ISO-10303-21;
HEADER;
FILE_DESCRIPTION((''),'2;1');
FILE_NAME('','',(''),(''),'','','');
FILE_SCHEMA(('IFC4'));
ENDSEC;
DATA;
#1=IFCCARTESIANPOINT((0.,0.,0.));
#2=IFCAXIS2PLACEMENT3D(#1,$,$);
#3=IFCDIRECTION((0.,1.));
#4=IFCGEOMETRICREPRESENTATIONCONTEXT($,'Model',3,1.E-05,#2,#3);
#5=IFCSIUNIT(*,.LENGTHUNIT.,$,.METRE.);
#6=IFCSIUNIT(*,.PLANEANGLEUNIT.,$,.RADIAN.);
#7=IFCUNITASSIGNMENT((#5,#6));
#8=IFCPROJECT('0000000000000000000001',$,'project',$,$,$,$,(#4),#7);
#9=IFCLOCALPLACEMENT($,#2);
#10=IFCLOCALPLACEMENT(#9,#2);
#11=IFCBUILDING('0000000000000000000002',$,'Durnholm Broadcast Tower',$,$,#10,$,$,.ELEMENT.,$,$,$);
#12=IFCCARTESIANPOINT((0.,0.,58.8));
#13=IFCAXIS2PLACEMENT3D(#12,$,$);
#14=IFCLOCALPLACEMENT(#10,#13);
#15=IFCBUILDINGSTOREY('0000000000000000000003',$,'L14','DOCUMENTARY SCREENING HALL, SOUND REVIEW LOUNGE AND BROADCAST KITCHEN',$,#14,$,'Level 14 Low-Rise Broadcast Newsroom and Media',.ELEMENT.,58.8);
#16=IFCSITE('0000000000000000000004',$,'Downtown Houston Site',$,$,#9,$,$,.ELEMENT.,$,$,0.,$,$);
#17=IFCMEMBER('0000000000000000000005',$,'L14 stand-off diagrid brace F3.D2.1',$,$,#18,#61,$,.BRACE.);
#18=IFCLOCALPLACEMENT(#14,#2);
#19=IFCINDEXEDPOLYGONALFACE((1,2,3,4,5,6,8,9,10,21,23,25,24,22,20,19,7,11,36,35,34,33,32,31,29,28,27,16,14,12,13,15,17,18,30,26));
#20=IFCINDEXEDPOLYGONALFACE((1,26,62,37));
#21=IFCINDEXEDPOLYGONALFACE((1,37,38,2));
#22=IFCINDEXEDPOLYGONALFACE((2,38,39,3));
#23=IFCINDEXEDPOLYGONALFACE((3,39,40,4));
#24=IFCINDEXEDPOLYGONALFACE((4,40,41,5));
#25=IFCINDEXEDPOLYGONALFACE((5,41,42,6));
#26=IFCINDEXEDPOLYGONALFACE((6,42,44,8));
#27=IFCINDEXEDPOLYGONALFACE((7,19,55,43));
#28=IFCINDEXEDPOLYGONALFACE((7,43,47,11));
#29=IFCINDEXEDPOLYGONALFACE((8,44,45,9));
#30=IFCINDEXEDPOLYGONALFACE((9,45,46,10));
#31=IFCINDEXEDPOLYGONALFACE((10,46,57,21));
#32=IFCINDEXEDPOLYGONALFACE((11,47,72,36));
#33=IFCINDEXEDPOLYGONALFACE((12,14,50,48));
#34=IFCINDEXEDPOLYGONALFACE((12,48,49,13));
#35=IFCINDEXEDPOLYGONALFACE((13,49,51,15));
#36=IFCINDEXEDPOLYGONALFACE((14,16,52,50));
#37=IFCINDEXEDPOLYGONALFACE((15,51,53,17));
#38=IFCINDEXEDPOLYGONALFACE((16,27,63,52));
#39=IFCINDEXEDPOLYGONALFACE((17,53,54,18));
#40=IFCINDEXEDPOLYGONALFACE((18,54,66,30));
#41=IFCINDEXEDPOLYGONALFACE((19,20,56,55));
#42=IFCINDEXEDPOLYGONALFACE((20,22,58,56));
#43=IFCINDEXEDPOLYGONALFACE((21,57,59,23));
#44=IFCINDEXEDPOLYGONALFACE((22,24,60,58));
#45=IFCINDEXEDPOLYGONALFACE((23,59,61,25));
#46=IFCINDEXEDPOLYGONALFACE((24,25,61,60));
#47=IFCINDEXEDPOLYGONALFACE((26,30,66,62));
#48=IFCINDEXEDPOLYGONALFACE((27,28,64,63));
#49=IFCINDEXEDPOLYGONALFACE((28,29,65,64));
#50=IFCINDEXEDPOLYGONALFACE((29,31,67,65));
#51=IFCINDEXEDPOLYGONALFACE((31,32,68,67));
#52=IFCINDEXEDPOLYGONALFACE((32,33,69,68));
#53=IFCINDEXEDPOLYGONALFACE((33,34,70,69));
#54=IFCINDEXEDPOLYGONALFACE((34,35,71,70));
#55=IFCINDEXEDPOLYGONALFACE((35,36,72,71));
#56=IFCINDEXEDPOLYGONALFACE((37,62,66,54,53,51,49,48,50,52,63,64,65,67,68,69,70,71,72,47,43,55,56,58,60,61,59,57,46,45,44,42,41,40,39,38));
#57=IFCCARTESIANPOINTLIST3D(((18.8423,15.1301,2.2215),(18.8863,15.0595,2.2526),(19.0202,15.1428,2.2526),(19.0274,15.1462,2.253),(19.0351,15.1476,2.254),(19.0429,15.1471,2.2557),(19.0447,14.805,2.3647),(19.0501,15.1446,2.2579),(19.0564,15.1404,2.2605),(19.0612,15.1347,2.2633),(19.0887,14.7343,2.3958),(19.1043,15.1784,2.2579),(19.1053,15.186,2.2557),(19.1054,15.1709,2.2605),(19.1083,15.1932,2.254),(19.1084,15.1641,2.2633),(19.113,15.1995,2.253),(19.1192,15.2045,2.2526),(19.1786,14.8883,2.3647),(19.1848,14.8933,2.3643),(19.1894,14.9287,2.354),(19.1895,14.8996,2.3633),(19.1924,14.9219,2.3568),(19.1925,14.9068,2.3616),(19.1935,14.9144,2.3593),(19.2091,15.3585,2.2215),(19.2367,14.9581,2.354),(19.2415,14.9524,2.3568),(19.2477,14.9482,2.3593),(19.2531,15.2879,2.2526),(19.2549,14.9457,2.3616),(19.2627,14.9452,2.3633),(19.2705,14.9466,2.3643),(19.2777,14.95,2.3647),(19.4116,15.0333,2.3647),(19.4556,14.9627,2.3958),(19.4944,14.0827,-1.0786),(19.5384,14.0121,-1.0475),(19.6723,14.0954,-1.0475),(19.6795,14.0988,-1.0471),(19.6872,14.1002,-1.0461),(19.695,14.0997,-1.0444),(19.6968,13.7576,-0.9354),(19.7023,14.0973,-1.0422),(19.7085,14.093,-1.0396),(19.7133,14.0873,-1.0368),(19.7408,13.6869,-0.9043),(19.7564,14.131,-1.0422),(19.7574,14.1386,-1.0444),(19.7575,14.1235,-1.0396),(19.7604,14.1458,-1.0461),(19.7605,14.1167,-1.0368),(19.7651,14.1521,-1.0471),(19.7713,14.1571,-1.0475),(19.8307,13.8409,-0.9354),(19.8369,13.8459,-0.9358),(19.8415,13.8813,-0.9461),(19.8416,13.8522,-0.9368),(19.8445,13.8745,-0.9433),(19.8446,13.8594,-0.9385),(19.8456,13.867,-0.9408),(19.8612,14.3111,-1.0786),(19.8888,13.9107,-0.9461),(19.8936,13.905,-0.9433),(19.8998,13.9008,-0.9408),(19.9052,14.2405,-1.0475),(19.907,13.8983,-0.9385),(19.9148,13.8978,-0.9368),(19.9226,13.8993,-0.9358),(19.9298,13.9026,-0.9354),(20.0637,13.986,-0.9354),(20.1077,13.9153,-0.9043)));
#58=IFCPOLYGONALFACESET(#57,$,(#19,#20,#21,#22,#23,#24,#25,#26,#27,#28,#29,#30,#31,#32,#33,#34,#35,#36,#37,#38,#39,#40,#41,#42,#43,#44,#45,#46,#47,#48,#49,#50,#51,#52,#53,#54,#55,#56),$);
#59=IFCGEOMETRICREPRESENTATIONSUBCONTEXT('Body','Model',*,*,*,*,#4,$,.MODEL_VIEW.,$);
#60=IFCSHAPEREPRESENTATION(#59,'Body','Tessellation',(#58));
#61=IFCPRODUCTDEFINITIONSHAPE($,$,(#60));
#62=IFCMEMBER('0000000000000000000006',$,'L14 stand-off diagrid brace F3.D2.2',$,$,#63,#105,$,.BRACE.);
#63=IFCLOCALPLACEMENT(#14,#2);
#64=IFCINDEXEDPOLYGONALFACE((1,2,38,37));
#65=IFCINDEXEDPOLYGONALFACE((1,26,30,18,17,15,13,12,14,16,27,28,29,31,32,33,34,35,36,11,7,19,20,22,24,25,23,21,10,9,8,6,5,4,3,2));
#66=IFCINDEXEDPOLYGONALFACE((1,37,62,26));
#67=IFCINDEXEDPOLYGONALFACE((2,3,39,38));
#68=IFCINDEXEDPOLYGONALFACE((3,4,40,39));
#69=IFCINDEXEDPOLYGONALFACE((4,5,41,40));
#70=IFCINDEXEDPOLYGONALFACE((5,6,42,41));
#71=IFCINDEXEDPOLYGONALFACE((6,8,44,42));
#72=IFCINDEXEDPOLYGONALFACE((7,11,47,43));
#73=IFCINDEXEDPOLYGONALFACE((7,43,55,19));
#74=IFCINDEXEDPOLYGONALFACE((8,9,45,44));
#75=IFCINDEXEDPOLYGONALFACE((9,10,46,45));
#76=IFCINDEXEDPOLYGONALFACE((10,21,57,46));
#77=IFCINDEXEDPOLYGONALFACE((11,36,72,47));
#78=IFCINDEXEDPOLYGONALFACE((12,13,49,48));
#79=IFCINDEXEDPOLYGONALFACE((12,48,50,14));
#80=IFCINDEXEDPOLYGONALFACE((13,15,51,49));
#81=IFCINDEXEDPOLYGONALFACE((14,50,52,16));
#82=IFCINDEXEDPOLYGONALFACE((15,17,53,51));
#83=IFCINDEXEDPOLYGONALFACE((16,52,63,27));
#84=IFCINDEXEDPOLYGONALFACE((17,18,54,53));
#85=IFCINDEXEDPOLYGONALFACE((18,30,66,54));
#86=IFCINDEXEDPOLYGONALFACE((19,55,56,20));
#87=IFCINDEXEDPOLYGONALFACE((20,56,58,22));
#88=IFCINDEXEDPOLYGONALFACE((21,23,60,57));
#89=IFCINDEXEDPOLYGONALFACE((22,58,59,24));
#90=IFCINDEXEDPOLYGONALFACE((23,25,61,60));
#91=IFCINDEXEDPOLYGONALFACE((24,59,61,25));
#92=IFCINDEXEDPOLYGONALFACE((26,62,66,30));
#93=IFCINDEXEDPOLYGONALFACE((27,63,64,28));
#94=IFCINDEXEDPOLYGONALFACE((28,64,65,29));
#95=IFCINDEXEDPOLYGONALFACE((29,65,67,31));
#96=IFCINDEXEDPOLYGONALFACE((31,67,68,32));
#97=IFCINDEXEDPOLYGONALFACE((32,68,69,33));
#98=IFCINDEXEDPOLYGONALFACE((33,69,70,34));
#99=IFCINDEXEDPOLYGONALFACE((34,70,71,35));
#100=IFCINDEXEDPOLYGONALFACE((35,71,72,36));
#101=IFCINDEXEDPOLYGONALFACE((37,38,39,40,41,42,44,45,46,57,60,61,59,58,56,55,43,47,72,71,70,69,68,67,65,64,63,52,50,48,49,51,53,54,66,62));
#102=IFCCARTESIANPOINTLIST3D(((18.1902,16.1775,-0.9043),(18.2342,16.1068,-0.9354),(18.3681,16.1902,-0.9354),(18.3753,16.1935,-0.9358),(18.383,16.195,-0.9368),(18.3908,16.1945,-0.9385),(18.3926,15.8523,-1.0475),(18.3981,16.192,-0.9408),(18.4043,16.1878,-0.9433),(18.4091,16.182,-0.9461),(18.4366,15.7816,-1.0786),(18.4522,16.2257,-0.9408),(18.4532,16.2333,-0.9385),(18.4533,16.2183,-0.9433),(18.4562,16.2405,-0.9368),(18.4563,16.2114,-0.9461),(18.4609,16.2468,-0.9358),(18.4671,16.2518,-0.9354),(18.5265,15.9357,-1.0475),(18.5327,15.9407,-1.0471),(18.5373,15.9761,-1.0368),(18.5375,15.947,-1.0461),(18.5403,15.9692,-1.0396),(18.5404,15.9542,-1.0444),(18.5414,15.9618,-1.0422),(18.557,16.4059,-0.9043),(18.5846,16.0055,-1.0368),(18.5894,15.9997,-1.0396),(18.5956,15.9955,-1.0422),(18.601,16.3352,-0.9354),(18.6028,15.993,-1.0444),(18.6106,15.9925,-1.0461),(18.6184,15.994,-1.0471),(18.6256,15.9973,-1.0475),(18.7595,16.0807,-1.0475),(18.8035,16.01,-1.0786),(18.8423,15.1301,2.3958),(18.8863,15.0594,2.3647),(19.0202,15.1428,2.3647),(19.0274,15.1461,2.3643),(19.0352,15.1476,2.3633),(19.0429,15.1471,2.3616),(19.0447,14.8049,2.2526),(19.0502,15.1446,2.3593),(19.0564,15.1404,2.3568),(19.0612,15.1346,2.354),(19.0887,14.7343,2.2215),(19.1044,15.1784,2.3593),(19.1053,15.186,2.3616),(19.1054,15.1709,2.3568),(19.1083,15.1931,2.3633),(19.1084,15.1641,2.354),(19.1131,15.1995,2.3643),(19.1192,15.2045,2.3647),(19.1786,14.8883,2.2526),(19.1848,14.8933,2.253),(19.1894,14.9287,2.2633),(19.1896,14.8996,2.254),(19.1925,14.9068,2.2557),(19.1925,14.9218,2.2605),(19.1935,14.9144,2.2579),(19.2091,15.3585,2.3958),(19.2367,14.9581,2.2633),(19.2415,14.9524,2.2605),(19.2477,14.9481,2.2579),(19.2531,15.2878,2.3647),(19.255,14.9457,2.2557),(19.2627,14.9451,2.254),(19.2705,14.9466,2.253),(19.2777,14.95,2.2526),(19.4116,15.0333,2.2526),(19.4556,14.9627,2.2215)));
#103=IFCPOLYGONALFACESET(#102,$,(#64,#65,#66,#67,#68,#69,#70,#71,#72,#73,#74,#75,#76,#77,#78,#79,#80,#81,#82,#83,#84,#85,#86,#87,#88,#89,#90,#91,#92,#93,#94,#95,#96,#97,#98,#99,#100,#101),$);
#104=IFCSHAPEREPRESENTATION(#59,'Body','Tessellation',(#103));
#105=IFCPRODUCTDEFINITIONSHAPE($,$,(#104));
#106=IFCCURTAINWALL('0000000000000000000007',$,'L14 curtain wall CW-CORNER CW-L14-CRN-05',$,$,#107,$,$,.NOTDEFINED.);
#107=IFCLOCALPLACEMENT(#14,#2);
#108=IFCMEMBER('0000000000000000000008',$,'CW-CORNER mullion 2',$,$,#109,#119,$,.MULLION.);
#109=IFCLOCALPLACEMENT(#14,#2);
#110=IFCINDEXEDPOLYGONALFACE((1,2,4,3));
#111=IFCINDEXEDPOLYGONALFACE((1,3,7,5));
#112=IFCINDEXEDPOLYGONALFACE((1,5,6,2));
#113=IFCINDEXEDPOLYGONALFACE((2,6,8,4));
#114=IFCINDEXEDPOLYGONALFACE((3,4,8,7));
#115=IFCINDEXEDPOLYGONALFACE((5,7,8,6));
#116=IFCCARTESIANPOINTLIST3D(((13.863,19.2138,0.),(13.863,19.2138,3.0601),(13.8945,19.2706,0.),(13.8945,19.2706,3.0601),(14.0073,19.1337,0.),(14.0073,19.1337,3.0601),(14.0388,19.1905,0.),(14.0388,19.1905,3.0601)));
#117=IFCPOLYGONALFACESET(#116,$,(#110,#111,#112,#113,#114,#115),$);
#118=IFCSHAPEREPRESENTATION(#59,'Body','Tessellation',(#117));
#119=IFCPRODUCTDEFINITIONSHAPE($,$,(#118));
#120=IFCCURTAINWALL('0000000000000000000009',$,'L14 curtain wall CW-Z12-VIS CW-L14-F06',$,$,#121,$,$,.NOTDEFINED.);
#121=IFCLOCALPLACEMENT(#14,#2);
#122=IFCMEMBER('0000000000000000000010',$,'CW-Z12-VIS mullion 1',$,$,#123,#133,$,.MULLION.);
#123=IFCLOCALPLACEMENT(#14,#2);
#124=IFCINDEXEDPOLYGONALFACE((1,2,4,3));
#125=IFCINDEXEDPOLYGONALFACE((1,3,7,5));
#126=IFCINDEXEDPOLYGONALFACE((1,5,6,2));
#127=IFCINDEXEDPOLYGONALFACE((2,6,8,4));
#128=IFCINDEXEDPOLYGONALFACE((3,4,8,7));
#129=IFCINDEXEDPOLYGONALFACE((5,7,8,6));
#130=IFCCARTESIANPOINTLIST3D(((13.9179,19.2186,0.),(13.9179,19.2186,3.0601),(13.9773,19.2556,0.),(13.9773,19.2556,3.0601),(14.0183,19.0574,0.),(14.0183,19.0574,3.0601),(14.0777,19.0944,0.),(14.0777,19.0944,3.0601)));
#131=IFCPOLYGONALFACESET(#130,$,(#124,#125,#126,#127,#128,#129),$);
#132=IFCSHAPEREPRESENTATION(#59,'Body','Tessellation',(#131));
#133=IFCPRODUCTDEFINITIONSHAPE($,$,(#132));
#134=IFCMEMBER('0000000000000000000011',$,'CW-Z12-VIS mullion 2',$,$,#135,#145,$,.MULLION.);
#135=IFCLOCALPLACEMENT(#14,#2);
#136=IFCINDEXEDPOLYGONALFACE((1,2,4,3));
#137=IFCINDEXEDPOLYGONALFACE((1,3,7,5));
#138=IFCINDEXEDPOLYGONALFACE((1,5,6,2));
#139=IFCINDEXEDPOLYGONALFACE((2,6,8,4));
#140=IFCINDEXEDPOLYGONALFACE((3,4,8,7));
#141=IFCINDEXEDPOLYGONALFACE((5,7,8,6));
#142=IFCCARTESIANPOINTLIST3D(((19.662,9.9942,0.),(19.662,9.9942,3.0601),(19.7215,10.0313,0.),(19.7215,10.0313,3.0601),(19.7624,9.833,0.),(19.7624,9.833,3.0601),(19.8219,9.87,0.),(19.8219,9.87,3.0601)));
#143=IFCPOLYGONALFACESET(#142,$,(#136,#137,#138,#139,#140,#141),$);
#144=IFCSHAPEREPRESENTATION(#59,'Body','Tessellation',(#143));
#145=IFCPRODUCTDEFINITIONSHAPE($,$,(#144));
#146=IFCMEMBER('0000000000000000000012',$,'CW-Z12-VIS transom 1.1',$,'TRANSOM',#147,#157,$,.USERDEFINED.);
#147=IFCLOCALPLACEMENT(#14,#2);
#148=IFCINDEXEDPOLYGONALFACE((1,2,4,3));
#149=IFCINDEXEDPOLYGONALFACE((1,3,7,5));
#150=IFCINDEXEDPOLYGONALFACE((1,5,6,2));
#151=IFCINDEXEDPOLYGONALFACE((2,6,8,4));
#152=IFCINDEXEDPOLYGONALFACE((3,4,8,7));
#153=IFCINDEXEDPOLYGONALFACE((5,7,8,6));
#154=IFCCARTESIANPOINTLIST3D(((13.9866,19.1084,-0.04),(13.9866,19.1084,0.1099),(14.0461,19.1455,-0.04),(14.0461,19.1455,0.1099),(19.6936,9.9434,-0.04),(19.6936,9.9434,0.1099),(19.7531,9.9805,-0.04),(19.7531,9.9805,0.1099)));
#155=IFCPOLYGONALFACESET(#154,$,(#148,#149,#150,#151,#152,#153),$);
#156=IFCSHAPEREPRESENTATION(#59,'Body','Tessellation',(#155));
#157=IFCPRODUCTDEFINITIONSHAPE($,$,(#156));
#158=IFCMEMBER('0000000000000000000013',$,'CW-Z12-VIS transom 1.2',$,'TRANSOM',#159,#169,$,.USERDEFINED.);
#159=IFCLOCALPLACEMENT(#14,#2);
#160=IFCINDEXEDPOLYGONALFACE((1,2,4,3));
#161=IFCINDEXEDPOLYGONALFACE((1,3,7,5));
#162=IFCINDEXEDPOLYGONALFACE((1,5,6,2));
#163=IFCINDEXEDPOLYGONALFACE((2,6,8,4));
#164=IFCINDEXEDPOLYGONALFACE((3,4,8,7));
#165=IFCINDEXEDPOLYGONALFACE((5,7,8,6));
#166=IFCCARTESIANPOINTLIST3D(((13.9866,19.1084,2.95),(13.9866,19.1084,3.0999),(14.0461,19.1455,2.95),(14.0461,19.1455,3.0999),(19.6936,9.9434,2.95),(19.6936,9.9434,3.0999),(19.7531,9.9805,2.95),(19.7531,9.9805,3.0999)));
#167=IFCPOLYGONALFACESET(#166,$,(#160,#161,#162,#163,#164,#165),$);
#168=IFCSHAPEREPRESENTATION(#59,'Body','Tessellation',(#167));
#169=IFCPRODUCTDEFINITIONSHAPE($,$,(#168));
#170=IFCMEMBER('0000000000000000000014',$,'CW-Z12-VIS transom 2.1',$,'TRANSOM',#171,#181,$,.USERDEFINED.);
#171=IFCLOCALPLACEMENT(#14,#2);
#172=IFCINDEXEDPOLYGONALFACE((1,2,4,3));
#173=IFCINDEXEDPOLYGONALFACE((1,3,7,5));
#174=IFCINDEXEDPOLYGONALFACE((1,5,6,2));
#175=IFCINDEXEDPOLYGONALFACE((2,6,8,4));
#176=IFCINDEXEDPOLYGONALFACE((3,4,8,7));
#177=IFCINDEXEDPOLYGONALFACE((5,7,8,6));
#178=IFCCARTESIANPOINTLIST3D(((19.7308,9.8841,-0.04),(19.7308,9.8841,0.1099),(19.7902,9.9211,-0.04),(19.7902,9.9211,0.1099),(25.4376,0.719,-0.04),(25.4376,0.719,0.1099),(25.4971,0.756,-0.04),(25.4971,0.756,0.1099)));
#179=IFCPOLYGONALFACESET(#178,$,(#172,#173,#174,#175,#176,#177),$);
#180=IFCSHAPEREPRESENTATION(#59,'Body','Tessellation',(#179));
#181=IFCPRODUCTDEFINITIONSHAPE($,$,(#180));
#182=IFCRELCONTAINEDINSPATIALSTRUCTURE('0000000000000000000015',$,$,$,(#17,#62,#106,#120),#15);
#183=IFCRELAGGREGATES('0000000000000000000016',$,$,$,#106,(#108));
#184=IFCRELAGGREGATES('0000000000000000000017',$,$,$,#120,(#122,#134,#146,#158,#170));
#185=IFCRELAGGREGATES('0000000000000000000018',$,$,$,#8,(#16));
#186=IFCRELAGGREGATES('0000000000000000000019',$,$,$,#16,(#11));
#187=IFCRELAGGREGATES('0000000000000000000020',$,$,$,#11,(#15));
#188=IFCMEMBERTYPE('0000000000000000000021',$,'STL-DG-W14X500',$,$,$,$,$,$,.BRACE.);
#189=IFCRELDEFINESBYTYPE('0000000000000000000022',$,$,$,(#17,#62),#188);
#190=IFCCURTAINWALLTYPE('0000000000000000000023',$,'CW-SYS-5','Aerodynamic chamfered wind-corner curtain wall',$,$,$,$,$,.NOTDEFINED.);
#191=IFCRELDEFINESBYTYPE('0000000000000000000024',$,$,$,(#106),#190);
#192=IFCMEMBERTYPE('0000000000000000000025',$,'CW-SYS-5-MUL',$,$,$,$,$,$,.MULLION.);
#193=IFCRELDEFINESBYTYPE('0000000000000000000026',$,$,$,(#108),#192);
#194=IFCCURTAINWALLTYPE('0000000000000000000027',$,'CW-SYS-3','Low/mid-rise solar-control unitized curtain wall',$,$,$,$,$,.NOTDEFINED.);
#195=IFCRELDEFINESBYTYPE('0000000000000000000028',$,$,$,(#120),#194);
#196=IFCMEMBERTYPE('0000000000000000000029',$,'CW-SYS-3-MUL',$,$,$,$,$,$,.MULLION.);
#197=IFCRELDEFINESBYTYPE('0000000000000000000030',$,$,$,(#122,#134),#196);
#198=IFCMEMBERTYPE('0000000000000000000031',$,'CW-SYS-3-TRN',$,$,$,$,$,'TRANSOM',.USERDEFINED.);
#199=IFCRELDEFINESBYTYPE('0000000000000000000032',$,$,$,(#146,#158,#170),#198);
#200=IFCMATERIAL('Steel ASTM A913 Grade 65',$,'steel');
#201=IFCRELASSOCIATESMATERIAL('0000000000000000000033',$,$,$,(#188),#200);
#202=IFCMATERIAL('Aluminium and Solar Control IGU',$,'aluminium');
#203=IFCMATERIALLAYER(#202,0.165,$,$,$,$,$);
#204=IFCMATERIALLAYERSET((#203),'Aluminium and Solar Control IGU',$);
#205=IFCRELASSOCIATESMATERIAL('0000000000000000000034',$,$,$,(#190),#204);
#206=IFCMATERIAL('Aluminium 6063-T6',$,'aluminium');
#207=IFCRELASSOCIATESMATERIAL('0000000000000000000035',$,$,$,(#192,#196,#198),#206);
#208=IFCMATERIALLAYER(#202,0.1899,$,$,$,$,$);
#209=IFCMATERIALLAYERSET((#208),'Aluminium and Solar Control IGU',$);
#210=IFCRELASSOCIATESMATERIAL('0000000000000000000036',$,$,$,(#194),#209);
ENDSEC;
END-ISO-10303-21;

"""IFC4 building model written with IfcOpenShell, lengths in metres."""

from ifc_helpers import new_model, si_unit, direction, frame, origin, origin_2d, place, context, subcontext, project, spatial, rectangle, i_section, extrude, source, transform, mapped, material, layer, layer_set, material_profile, profile_set, type_object, type_shapes, element, aggregate, save


model = new_model("IFC4")

# Units and contexts
model_context = context("Model", 3, precision=1e-05, world=origin(), true_north=direction((0.0, 1.0)))
body_context = subcontext(model_context, "Body", "Model", "MODEL_VIEW")
ifc_project = project(units=[si_unit("LENGTHUNIT", "METRE"), si_unit("PLANEANGLEUNIT", "RADIAN")], contexts=[model_context])

# Site, building, storey
site_placement = place(None, origin())
site = spatial("IfcSite", under=ifc_project, at=site_placement, Name="Downtown Houston Site", CompositionType="ELEMENT", RefElevation=0.0)
building_placement = place(site_placement, origin())
building = spatial("IfcBuilding", under=site, at=building_placement, Name="Durnholm Broadcast Tower", CompositionType="ELEMENT")
storey_placement = place(building_placement, frame((0.0, 0.0, 58.8)))
storey = spatial("IfcBuildingStorey", under=building, at=storey_placement, Name="L14", Description="DOCUMENTARY SCREENING HALL, SOUND REVIEW LOUNGE AND BROADCAST KITCHEN", LongName="Level 14 Low-Rise Broadcast Newsroom and Media", CompositionType="ELEMENT", Elevation=58.8)

# Members
ifc_material_1 = material(Name="Steel ASTM A913 Grade 65", Category="steel")
ifc_material_profile_1 = material_profile(ifc_material_1, i_section(OverallWidth=0.4321, OverallDepth=0.4978, WebThickness=0.0557, FlangeThickness=0.0889, FilletRadius=0.0305, at=origin_2d()), Name="W14X500")
ifc_profile_set_1 = profile_set([ifc_material_profile_1], Name="Steel ASTM A913 Grade 65")
member_type_1 = type_object("IfcMemberType", Name="STL-DG-W14X500", PredefinedType="BRACE", material=ifc_profile_set_1)
shared_shape_1 = source(origin(), body_context, "Body", "SweptSolid", [
    extrude(i_section(OverallWidth=0.4321, OverallDepth=0.4978, WebThickness=0.0557, FlangeThickness=0.0889, FilletRadius=0.0305, at=origin_2d()), origin(), (0.0, 0.0, 1.0), 3.5232),
])
type_shapes(member_type_1, [shared_shape_1])
for number, where, z_axis, x_axis, name in (
    (1, (19.801, 13.999, -0.9915), (-0.18509, 0.297281, 0.936678), (-0.848909, -0.52854, 0.0), "L14 stand-off diagrid brace F3.D2.1"),
    (2, (18.4968, 16.0938, -0.9915), (0.18509, -0.297281, 0.936678), (0.848909, 0.52854, 0.0), "L14 stand-off diagrid brace F3.D2.2"),
):
    element("IfcMember", number, at=place(storey_placement, frame(where, z_axis=z_axis, x_axis=x_axis)), inside=storey, type_object=member_type_1, Name=name, PredefinedType="BRACE", context=body_context, shape_type="MappedRepresentation", body=[
        mapped(shared_shape_1, transform((0.0, 0.0, 0.0), x_axis=(1.0, 0.0, 0.0), y_axis=(0.0, 1.0, 0.0), z_axis=(0.0, 0.0, 1.0), scale=1.0)),
    ])

# Curtain wall, member
ifc_material_2 = material(Name="Aluminium and Solar Control IGU", Category="aluminium")
ifc_layer_1 = layer(ifc_material_2, 0.165)
ifc_layer_set_1 = layer_set([ifc_layer_1], Name="Aluminium and Solar Control IGU")
curtain_wall_type_1 = type_object("IfcCurtainWallType", Name="CW-SYS-5", Description="Aerodynamic chamfered wind-corner curtain wall", PredefinedType="NOTDEFINED", material=ifc_layer_set_1)
curtain_wall_1_placement = place(storey_placement, origin())
curtain_wall_1 = element("IfcCurtainWall", 3, at=curtain_wall_1_placement, inside=storey, type_object=curtain_wall_type_1, Name="L14 curtain wall CW-CORNER CW-L14-CRN-05", PredefinedType="NOTDEFINED")
ifc_material_3 = material(Name="Aluminium 6063-T6", Category="aluminium")
ifc_material_profile_2 = material_profile(ifc_material_3, rectangle(XDim=0.0649, YDim=0.165, at=origin_2d()), Name="CWM65X165")
ifc_profile_set_2 = profile_set([ifc_material_profile_2], Name="Aluminium 6063-T6")
member_type_2 = type_object("IfcMemberType", Name="CW-SYS-5-MUL", PredefinedType="MULLION", material=ifc_profile_set_2)
shared_shape_2 = source(origin(), body_context, "Body", "SweptSolid", [
    extrude(rectangle(XDim=0.0649, YDim=0.165, at=origin_2d()), origin(), (0.0, 0.0, 1.0), 3.0601),
])
type_shapes(member_type_2, [shared_shape_2])
member_1_placement = place(storey_placement, frame((13.9509, 19.2021, 0.0), z_axis=(0.0, 0.0, 1.0), x_axis=(0.485483, 0.874246, 0.0)))
member_1 = element("IfcMember", 4, at=member_1_placement, type_object=member_type_2, Name="CW-CORNER mullion 2", PredefinedType="MULLION", context=body_context, shape_type="MappedRepresentation", body=[
    mapped(shared_shape_2, transform((0.0, 0.0, 0.0), x_axis=(1.0, 0.0, 0.0), y_axis=(0.0, 1.0, 0.0), z_axis=(0.0, 0.0, 1.0), scale=1.0)),
])

# Curtain wall, members
ifc_layer_2 = layer(ifc_material_2, 0.1899)
ifc_layer_set_2 = layer_set([ifc_layer_2], Name="Aluminium and Solar Control IGU")
curtain_wall_type_2 = type_object("IfcCurtainWallType", Name="CW-SYS-3", Description="Low/mid-rise solar-control unitized curtain wall", PredefinedType="NOTDEFINED", material=ifc_layer_set_2)
curtain_wall_2_placement = place(storey_placement, origin())
curtain_wall_2 = element("IfcCurtainWall", 5, at=curtain_wall_2_placement, inside=storey, type_object=curtain_wall_type_2, Name="L14 curtain wall CW-Z12-VIS CW-L14-F06", PredefinedType="NOTDEFINED")
ifc_material_profile_3 = material_profile(ifc_material_3, rectangle(XDim=0.0701, YDim=0.1899, at=origin_2d()), Name="CWM70X190")
ifc_profile_set_3 = profile_set([ifc_material_profile_3], Name="Aluminium 6063-T6")
member_type_3 = type_object("IfcMemberType", Name="CW-SYS-3-MUL", PredefinedType="MULLION", material=ifc_profile_set_3)
shared_shape_3 = source(origin(), body_context, "Body", "SweptSolid", [
    extrude(rectangle(XDim=0.0701, YDim=0.1899, at=origin_2d()), origin(), (0.0, 0.0, 1.0), 3.0601),
])
type_shapes(member_type_3, [shared_shape_3])
member_2_placement = place(storey_placement, frame((13.9978, 19.1565, 0.0), z_axis=(0.0, 0.0, 1.0), x_axis=(0.848876, 0.528592, 0.0)))
member_2 = element("IfcMember", 6, at=member_2_placement, type_object=member_type_3, Name="CW-Z12-VIS mullion 1", PredefinedType="MULLION", context=body_context, shape_type="MappedRepresentation", body=[
    mapped(shared_shape_3, transform((0.0, 0.0, 0.0), x_axis=(1.0, 0.0, 0.0), y_axis=(0.0, 1.0, 0.0), z_axis=(0.0, 0.0, 1.0), scale=1.0)),
])
member_3_placement = place(storey_placement, frame((19.7419, 9.9321, 0.0), z_axis=(0.0, 0.0, 1.0), x_axis=(0.848876, 0.528592, 0.0)))
member_3 = element("IfcMember", 7, at=member_3_placement, type_object=member_type_3, Name="CW-Z12-VIS mullion 2", PredefinedType="MULLION", context=body_context, shape_type="MappedRepresentation", body=[
    mapped(shared_shape_3, transform((0.0, 0.0, 0.0), x_axis=(1.0, 0.0, 0.0), y_axis=(0.0, 1.0, 0.0), z_axis=(0.0, 0.0, 1.0), scale=1.0)),
])
ifc_material_profile_4 = material_profile(ifc_material_3, rectangle(XDim=0.0701, YDim=0.1499, at=origin_2d()), Name="CWT70X150")
ifc_profile_set_4 = profile_set([ifc_material_profile_4], Name="Aluminium 6063-T6")
member_type_4 = type_object("IfcMemberType", Name="CW-SYS-3-TRN", ElementType="TRANSOM", PredefinedType="USERDEFINED", material=ifc_profile_set_4)
shared_shape_4 = source(origin(), body_context, "Body", "SweptSolid", [
    extrude(rectangle(XDim=0.0701, YDim=0.1499, at=origin_2d()), origin(), (0.0, 0.0, 1.0), 10.7966),
])
type_shapes(member_type_4, [shared_shape_4])
member_4_placement = place(storey_placement, frame((14.0164, 19.127, 0.0349), z_axis=(0.528592, -0.848876, 0.0), x_axis=(0.848876, 0.528592, 0.0)))
member_4 = element("IfcMember", 8, at=member_4_placement, type_object=member_type_4, Name="CW-Z12-VIS transom 1.1", ObjectType="TRANSOM", PredefinedType="USERDEFINED", context=body_context, shape_type="MappedRepresentation", body=[
    mapped(shared_shape_4, transform((0.0, 0.0, 0.0), x_axis=(1.0, 0.0, 0.0), y_axis=(0.0, 1.0, 0.0), z_axis=(0.0, 0.0, 1.0), scale=1.0)),
])
member_5_placement = place(storey_placement, frame((14.0164, 19.127, 3.0249), z_axis=(0.528592, -0.848876, 0.0), x_axis=(0.848876, 0.528592, 0.0)))
member_5 = element("IfcMember", 9, at=member_5_placement, type_object=member_type_4, Name="CW-Z12-VIS transom 1.2", ObjectType="TRANSOM", PredefinedType="USERDEFINED", context=body_context, shape_type="MappedRepresentation", body=[
    mapped(shared_shape_4, transform((0.0, 0.0, 0.0), x_axis=(1.0, 0.0, 0.0), y_axis=(0.0, 1.0, 0.0), z_axis=(0.0, 0.0, 1.0), scale=1.0)),
])
member_6_placement = place(storey_placement, frame((19.7605, 9.9026, 0.0349), z_axis=(0.528575, -0.848886, 0.0), x_axis=(0.848886, 0.528575, 0.0)))
member_6 = element("IfcMember", 10, at=member_6_placement, type_object=member_type_4, Name="CW-Z12-VIS transom 2.1", ObjectType="TRANSOM", PredefinedType="USERDEFINED", context=body_context, shape_type="MappedRepresentation", body=[
    mapped(shared_shape_4, transform((0.0, 0.0, 0.0), x_axis=(1.0, 0.0, 0.0), y_axis=(0.0, 1.0, 0.0), z_axis=(0.0, 0.0, 1.0), scale=1.0)),
])

aggregate(curtain_wall_1, [member_1])
aggregate(curtain_wall_2, [member_2, member_3, member_4, member_5, member_6])

save(model, "model.ifc")
